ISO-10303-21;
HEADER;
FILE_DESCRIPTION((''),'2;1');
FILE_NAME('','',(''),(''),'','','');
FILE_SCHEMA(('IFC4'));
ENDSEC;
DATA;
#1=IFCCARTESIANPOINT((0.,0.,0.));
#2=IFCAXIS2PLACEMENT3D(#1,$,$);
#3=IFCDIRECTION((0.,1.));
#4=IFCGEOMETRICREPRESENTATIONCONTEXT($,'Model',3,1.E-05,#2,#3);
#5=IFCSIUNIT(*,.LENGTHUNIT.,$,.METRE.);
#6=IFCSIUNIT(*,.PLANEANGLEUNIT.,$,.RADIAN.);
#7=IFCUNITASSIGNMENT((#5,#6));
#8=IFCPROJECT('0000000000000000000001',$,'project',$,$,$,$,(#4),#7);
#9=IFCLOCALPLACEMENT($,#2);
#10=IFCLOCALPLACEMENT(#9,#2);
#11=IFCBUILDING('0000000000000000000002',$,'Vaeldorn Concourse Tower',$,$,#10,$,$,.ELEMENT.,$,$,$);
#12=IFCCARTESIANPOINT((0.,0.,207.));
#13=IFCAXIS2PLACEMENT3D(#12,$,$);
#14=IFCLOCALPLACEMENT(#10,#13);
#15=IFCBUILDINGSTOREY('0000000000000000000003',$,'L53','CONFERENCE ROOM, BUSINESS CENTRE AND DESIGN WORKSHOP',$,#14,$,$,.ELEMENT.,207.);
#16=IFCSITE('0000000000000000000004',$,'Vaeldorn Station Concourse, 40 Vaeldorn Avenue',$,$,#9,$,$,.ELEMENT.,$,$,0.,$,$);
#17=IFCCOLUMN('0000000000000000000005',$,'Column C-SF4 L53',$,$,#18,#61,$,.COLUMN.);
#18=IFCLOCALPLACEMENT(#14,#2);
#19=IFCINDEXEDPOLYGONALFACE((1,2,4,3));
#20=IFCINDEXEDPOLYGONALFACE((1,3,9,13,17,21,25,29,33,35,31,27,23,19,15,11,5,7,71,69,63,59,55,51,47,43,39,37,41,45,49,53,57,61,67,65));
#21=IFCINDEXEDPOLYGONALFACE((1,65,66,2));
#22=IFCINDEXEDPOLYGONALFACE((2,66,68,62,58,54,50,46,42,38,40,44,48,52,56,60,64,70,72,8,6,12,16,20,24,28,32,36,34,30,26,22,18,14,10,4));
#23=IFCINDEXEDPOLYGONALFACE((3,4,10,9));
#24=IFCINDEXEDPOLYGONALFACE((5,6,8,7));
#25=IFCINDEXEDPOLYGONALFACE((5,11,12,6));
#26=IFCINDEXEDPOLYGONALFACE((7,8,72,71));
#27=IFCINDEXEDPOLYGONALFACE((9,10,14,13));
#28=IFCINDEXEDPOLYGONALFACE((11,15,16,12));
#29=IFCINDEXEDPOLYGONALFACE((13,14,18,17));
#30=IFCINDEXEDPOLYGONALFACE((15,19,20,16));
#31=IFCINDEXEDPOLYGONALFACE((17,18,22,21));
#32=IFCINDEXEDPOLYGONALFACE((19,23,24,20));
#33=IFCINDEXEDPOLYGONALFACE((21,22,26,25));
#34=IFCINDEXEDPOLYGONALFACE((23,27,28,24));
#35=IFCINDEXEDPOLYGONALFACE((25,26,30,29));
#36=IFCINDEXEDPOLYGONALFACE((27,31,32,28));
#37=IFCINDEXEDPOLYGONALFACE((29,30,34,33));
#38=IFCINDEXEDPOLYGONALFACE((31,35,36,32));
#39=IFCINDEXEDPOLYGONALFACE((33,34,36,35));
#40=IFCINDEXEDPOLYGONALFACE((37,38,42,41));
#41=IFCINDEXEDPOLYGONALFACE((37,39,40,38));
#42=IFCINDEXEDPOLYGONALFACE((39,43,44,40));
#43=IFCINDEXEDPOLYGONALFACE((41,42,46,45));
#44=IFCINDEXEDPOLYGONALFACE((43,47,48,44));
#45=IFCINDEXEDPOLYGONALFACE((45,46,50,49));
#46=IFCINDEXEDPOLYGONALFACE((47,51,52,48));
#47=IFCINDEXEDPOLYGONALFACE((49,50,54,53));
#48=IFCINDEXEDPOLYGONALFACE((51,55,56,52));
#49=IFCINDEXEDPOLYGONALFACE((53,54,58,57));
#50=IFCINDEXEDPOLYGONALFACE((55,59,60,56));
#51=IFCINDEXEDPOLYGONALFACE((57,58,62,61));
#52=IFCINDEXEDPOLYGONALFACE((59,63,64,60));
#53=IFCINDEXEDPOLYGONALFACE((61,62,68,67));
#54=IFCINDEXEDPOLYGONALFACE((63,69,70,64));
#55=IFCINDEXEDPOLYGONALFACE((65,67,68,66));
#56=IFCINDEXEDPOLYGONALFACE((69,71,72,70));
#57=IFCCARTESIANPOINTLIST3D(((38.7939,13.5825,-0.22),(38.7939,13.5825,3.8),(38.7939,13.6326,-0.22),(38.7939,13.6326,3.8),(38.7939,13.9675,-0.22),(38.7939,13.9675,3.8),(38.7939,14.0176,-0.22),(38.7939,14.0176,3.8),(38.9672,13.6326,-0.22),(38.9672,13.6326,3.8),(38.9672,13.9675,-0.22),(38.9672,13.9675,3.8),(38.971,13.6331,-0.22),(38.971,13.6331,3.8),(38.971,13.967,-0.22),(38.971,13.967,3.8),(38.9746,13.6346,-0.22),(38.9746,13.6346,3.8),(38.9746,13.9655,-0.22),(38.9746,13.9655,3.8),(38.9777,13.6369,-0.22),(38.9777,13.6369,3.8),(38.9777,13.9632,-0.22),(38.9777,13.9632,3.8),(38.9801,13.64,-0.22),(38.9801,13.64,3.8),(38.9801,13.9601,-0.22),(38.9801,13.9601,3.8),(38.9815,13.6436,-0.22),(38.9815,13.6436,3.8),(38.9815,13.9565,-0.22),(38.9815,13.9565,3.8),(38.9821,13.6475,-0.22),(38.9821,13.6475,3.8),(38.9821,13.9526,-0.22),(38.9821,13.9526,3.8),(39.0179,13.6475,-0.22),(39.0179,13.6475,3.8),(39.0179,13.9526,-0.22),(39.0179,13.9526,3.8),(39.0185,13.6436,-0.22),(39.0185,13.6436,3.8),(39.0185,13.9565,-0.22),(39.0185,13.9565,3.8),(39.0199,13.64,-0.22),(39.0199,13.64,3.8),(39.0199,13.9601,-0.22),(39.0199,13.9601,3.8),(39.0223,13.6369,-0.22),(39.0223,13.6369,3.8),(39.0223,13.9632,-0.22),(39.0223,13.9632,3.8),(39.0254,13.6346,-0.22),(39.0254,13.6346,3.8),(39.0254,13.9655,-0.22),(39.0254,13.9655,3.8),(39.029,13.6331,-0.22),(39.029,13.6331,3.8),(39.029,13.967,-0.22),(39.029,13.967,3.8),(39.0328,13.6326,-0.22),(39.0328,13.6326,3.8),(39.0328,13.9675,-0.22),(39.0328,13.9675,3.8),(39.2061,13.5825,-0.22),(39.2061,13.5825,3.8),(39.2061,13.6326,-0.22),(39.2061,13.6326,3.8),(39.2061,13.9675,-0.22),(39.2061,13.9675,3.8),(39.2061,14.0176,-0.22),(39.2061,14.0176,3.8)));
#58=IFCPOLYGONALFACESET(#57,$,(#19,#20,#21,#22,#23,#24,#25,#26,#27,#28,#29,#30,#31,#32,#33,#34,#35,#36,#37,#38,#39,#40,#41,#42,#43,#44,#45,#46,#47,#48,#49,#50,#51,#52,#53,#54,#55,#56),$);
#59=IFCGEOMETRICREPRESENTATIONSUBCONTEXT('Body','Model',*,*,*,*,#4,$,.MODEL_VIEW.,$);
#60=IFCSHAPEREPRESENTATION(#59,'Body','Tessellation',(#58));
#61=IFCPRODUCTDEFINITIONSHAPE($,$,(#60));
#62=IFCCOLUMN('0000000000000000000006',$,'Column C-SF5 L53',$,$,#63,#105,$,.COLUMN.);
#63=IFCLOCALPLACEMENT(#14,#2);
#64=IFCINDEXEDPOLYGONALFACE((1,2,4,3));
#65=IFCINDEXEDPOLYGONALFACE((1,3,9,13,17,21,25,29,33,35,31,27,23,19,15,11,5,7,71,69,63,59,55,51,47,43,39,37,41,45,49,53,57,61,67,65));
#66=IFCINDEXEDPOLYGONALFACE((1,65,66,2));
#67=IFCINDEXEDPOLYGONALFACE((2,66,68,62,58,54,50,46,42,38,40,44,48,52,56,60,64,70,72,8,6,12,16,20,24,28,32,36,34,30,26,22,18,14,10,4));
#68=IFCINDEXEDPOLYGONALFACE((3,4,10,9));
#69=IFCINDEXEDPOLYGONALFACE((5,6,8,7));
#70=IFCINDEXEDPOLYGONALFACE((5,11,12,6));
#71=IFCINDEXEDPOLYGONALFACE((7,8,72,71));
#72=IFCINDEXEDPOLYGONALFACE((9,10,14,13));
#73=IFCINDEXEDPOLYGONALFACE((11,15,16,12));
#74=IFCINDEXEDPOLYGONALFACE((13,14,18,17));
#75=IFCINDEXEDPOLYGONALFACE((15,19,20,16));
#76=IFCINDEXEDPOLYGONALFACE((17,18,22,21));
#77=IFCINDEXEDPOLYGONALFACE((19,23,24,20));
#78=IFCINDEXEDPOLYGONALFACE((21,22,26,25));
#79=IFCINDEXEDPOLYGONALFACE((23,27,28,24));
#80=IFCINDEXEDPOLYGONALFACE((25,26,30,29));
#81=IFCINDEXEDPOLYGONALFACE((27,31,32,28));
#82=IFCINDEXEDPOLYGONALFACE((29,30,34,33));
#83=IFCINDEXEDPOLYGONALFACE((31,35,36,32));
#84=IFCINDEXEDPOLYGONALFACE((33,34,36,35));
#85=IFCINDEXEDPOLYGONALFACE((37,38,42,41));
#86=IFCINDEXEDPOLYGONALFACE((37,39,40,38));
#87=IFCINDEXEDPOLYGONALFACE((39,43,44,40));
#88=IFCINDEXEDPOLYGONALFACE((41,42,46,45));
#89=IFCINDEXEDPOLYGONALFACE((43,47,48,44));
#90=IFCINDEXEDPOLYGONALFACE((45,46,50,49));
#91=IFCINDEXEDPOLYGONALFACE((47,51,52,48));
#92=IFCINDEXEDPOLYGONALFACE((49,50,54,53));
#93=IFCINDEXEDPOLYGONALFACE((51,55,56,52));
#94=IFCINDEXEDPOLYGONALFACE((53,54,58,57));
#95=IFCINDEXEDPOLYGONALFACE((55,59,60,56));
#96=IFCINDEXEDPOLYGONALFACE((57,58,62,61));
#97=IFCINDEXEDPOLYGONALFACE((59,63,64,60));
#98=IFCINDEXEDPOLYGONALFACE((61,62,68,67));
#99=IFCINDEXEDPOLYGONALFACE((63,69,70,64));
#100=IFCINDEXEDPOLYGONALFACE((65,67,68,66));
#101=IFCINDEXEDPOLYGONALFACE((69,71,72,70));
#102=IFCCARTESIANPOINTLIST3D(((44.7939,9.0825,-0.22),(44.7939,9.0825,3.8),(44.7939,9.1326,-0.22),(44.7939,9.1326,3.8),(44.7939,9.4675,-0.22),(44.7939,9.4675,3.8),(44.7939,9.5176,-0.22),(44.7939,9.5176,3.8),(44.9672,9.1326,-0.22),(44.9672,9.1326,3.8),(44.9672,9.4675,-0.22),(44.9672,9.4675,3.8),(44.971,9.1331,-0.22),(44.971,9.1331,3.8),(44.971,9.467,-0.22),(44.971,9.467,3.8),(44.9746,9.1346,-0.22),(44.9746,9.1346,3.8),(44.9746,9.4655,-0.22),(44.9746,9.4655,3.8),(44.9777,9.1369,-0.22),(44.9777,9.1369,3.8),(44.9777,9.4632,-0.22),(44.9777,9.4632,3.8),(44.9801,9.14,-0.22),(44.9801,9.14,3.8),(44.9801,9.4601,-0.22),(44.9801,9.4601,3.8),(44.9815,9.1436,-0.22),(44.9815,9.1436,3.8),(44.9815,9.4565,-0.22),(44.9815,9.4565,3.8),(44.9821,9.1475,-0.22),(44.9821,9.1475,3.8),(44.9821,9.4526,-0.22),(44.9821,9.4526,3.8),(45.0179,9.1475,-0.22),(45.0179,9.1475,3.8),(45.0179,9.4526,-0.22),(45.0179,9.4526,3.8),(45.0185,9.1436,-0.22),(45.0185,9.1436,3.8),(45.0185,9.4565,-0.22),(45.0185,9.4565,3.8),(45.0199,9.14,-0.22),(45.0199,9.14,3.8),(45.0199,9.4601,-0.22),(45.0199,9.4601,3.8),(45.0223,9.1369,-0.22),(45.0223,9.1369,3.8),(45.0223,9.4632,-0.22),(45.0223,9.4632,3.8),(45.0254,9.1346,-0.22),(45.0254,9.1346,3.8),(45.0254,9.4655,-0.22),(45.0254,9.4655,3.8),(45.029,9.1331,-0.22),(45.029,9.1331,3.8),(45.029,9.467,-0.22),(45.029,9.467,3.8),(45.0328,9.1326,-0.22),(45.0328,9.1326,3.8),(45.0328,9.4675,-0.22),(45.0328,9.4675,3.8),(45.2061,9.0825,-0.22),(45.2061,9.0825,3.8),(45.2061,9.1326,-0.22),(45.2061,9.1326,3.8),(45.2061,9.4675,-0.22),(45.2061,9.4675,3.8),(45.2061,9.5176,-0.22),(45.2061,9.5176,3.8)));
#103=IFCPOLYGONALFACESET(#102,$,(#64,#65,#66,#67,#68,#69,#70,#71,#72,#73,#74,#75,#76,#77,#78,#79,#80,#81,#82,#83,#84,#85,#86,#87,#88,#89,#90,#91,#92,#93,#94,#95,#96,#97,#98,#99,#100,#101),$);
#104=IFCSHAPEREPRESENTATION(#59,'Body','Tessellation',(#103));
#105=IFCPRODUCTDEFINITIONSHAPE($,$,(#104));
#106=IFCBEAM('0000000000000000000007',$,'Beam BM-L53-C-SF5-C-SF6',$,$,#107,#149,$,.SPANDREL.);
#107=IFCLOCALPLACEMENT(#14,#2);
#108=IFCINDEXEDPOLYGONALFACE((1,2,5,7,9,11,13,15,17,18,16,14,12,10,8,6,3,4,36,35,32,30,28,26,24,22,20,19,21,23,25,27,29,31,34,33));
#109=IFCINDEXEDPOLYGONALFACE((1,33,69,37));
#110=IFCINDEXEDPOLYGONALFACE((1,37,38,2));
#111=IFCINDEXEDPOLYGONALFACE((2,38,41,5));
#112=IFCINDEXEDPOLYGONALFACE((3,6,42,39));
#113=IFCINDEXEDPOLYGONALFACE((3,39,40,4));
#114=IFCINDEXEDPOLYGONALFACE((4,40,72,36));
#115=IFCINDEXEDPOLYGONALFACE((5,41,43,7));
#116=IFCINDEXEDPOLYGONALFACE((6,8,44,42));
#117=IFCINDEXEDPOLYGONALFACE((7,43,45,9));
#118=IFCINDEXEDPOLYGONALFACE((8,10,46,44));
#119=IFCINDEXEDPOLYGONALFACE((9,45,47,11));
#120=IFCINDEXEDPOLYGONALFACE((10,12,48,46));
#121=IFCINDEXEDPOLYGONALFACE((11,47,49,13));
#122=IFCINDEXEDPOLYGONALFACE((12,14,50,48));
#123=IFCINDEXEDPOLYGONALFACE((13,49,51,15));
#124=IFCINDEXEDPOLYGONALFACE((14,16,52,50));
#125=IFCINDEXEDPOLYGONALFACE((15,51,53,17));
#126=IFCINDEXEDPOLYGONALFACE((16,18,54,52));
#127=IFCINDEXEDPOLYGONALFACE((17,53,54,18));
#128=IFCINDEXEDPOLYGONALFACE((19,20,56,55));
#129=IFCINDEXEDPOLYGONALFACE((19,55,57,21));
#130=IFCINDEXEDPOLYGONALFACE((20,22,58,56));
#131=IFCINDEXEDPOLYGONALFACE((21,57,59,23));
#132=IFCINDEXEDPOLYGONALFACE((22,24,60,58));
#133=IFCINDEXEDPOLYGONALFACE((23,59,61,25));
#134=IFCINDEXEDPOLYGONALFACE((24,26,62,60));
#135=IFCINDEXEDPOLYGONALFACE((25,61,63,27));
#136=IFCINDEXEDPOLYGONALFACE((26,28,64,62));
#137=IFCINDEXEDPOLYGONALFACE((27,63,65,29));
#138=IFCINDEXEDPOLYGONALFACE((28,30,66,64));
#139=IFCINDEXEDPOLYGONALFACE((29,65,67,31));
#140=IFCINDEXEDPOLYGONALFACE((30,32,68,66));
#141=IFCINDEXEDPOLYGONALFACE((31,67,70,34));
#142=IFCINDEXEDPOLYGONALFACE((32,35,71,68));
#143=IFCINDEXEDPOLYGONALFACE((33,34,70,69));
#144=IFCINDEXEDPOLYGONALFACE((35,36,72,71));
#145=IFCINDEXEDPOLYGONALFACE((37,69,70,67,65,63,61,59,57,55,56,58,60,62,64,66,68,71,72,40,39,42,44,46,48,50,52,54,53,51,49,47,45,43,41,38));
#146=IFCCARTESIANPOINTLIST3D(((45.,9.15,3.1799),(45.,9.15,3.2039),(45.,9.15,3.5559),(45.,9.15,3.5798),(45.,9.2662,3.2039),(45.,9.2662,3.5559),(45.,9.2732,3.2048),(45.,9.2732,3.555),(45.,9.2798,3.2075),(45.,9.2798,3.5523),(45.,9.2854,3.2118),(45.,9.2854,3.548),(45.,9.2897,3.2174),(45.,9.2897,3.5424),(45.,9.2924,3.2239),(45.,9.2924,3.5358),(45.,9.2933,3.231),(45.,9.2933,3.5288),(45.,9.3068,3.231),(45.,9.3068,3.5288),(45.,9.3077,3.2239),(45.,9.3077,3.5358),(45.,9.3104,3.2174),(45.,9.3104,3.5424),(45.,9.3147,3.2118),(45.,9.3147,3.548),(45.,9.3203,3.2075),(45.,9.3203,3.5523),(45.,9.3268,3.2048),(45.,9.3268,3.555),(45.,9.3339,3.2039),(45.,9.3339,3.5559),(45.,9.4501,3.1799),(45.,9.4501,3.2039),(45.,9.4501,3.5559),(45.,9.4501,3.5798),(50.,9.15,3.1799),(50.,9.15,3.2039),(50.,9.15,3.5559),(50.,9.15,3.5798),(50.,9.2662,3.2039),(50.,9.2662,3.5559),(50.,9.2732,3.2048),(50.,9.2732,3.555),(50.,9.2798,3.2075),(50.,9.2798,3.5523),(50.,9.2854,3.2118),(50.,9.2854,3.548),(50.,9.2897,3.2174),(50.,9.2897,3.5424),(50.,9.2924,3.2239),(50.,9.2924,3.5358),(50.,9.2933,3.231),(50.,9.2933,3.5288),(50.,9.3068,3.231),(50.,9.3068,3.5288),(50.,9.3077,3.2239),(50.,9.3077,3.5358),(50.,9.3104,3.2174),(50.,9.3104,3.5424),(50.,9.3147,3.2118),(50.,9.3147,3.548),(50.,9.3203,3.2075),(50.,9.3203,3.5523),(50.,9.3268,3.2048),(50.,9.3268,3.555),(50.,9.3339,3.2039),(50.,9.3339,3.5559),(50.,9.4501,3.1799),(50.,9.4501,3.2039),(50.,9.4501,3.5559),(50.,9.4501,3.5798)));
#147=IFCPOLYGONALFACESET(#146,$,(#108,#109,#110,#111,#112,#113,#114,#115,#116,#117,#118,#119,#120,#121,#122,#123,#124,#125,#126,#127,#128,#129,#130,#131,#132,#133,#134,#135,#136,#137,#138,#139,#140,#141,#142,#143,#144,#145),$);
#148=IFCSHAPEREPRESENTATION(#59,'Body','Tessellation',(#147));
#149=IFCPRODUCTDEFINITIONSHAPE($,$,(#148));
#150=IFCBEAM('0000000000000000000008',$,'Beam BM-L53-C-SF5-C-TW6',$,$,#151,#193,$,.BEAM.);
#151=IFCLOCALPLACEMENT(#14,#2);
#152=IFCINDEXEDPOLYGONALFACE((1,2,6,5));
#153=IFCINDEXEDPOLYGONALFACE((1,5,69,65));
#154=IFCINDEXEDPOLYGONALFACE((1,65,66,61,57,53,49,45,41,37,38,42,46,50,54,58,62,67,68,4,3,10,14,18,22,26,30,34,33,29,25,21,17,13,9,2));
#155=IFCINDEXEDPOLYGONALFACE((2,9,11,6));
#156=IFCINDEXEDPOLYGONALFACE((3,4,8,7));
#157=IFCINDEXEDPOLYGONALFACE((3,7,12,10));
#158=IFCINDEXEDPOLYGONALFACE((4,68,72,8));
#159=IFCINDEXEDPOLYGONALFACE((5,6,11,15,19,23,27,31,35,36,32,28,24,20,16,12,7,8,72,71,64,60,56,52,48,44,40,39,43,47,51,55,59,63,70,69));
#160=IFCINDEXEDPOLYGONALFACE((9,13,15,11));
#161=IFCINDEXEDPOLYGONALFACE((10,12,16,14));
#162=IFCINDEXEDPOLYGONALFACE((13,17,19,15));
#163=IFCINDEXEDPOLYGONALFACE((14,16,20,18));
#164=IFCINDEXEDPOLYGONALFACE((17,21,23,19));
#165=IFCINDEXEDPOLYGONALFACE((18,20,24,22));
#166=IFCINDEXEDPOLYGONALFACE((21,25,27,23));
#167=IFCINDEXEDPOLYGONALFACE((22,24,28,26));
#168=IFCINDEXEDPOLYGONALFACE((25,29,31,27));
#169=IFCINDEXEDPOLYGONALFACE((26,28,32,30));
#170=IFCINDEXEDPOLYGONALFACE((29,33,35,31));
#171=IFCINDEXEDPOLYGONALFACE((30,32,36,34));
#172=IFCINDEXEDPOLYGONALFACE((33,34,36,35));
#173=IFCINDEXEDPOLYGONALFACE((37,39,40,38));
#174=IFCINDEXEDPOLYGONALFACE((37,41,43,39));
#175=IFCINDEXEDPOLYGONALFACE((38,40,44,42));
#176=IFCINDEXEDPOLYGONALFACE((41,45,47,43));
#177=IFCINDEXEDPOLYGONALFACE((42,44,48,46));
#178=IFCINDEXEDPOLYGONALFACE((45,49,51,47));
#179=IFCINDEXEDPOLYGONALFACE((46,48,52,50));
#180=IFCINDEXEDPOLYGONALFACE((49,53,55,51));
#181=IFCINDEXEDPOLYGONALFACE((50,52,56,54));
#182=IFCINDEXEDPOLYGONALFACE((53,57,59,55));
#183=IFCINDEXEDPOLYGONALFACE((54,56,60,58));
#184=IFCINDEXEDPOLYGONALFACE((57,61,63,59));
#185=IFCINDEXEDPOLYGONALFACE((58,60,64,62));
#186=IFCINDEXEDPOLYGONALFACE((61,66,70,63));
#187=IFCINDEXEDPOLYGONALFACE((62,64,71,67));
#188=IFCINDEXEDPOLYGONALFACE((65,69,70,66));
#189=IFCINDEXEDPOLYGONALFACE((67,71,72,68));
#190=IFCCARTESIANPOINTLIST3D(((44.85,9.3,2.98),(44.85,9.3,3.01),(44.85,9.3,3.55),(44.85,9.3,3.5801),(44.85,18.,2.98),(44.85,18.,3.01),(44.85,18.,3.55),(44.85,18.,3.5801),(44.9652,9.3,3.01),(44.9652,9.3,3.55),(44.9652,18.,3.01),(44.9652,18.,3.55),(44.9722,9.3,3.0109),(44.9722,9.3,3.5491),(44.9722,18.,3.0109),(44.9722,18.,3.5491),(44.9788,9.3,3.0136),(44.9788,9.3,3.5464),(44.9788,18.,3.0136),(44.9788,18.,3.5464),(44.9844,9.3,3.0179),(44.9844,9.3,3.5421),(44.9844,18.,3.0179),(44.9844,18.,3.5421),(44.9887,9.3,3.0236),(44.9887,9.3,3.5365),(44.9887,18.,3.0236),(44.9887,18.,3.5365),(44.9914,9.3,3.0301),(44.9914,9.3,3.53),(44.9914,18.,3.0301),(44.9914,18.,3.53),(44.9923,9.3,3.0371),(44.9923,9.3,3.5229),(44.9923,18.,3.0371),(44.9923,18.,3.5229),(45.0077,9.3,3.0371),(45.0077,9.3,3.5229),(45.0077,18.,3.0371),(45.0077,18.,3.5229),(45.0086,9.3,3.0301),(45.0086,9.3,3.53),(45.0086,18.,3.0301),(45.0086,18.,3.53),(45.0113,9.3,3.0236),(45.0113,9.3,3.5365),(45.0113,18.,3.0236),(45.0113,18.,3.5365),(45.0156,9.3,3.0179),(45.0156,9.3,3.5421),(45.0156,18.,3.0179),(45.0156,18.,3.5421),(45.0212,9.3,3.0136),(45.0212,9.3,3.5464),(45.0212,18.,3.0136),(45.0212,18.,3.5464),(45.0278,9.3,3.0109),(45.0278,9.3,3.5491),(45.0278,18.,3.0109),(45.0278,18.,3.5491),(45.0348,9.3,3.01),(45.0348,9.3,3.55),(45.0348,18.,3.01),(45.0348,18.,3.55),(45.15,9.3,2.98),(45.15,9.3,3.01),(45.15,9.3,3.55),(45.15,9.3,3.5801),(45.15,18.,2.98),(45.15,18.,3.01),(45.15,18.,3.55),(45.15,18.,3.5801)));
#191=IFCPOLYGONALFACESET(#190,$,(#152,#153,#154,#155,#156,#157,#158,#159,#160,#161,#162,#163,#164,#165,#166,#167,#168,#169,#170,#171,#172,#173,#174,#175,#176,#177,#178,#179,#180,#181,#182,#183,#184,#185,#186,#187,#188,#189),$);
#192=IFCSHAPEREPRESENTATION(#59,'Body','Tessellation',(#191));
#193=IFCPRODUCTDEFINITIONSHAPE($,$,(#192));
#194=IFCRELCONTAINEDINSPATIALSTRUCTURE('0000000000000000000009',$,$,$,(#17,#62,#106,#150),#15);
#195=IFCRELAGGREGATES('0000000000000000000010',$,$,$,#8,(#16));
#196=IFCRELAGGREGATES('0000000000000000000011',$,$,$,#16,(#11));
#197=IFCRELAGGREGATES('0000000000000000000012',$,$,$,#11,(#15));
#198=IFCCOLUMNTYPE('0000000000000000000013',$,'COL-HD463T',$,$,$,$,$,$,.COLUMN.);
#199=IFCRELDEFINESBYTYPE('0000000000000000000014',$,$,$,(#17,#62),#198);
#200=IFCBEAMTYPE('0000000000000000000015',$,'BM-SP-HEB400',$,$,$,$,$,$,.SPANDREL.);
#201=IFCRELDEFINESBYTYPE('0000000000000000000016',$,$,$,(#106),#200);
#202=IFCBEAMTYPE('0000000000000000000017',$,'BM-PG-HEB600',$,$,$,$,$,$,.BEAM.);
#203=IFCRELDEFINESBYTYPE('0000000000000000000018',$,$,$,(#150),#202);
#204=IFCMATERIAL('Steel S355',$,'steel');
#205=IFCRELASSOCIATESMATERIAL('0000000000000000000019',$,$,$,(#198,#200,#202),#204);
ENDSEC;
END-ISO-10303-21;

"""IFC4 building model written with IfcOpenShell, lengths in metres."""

from ifc_helpers import new_model, si_unit, direction, frame, origin, origin_2d, place, context, subcontext, project, spatial, i_section, extrude, source, transform, mapped, material, material_profile, profile_set, type_object, element, save


model = new_model("IFC4")

# Units and contexts
model_context = context("Model", 3, precision=1e-05, world=origin(), true_north=direction((0.0, 1.0)))
body_context = subcontext(model_context, "Body", "Model", "MODEL_VIEW")
ifc_project = project(units=[si_unit("LENGTHUNIT", "METRE"), si_unit("PLANEANGLEUNIT", "RADIAN")], contexts=[model_context])

# Site, building, storey
site_placement = place(None, origin())
site = spatial("IfcSite", under=ifc_project, at=site_placement, Name="Vaeldorn Station Concourse, 40 Vaeldorn Avenue", CompositionType="ELEMENT", RefElevation=0.0)
building_placement = place(site_placement, origin())
building = spatial("IfcBuilding", under=site, at=building_placement, Name="Vaeldorn Concourse Tower", CompositionType="ELEMENT")
storey_placement = place(building_placement, frame((0.0, 0.0, 207.0)))
storey = spatial("IfcBuildingStorey", under=building, at=storey_placement, Name="L53", Description="CONFERENCE ROOM, BUSINESS CENTRE AND DESIGN WORKSHOP", CompositionType="ELEMENT", Elevation=207.0)

# Columns
ifc_material_1 = material(Name="Steel S355", Category="steel")
ifc_material_profile_1 = material_profile(ifc_material_1, i_section(OverallWidth=0.4121, OverallDepth=0.4351, WebThickness=0.0359, FlangeThickness=0.05, FilletRadius=0.0149, at=origin_2d()), Name="HD 400x463")
ifc_profile_set_1 = profile_set([ifc_material_profile_1], Name="Steel S355")
column_type = type_object("IfcColumnType", Name="COL-HD463T", PredefinedType="COLUMN", material=ifc_profile_set_1)
shared_shape_1 = source(origin(), body_context, "Body", "SweptSolid", [
    extrude(i_section(OverallWidth=0.4121, OverallDepth=0.4351, WebThickness=0.0359, FlangeThickness=0.05, FilletRadius=0.0149, at=origin_2d()), origin(), (0.0, 0.0, 1.0), 4.02),
])
for number, where, z_axis, x_axis, name in (
    (1, (39.0, 13.8, -0.22), (0.0, 0.0, 1.0), (1.0, 0.0, 0.0), "Column C-SF4 L53"),
    (2, (45.0, 9.3, -0.22), (0.0, 0.0, 1.0), (1.0, 0.0, 0.0), "Column C-SF5 L53"),
):
    element("IfcColumn", number, at=place(storey_placement, frame(where, z_axis=z_axis, x_axis=x_axis)), inside=storey, type_object=column_type, Name=name, PredefinedType="COLUMN", context=body_context, shape_type="MappedRepresentation", body=[
        mapped(shared_shape_1, transform((0.0, 0.0, 0.0), scale=1.0)),
    ])

# Beams
ifc_material_profile_2 = material_profile(ifc_material_1, i_section(OverallWidth=0.3, OverallDepth=0.3999, WebThickness=0.0134, FlangeThickness=0.0239, FilletRadius=0.0271, at=origin_2d()), Name="HEB 400")
ifc_profile_set_2 = profile_set([ifc_material_profile_2], Name="Steel S355")
beam_type_1 = type_object("IfcBeamType", Name="BM-SP-HEB400", PredefinedType="SPANDREL", material=ifc_profile_set_2)
shared_shape_2 = source(origin(), body_context, "Body", "SweptSolid", [
    extrude(i_section(OverallWidth=0.3, OverallDepth=0.3999, WebThickness=0.0134, FlangeThickness=0.0239, FilletRadius=0.0271, at=origin_2d()), origin(), (0.0, 0.0, 1.0), 5.0),
])
beam_1_placement = place(storey_placement, frame((45.0, 9.3, 3.3799), z_axis=(1.0, 0.0, 0.0), x_axis=(0.0, 1.0, 0.0)))
element("IfcBeam", 3, at=beam_1_placement, inside=storey, type_object=beam_type_1, Name="Beam BM-L53-C-SF5-C-SF6", PredefinedType="SPANDREL", context=body_context, shape_type="MappedRepresentation", body=[
    mapped(shared_shape_2, transform((0.0, 0.0, 0.0), scale=1.0)),
])
ifc_material_profile_3 = material_profile(ifc_material_1, i_section(OverallWidth=0.3, OverallDepth=0.6001, WebThickness=0.0154, FlangeThickness=0.03, FilletRadius=0.0271, at=origin_2d()), Name="HEB 600")
ifc_profile_set_3 = profile_set([ifc_material_profile_3], Name="Steel S355")
beam_type_2 = type_object("IfcBeamType", Name="BM-PG-HEB600", PredefinedType="BEAM", material=ifc_profile_set_3)
shared_shape_3 = source(origin(), body_context, "Body", "SweptSolid", [
    extrude(i_section(OverallWidth=0.3, OverallDepth=0.6001, WebThickness=0.0154, FlangeThickness=0.03, FilletRadius=0.0271, at=origin_2d()), origin(), (0.0, 0.0, 1.0), 8.7),
])
beam_2_placement = place(storey_placement, frame((45.0, 9.3, 3.28), z_axis=(0.0, 1.0, 0.0), x_axis=(-1.0, 0.0, 0.0)))
element("IfcBeam", 4, at=beam_2_placement, inside=storey, type_object=beam_type_2, Name="Beam BM-L53-C-SF5-C-TW6", PredefinedType="BEAM", context=body_context, shape_type="MappedRepresentation", body=[
    mapped(shared_shape_3, transform((0.0, 0.0, 0.0), scale=1.0)),
])

save(model, "model.ifc")
